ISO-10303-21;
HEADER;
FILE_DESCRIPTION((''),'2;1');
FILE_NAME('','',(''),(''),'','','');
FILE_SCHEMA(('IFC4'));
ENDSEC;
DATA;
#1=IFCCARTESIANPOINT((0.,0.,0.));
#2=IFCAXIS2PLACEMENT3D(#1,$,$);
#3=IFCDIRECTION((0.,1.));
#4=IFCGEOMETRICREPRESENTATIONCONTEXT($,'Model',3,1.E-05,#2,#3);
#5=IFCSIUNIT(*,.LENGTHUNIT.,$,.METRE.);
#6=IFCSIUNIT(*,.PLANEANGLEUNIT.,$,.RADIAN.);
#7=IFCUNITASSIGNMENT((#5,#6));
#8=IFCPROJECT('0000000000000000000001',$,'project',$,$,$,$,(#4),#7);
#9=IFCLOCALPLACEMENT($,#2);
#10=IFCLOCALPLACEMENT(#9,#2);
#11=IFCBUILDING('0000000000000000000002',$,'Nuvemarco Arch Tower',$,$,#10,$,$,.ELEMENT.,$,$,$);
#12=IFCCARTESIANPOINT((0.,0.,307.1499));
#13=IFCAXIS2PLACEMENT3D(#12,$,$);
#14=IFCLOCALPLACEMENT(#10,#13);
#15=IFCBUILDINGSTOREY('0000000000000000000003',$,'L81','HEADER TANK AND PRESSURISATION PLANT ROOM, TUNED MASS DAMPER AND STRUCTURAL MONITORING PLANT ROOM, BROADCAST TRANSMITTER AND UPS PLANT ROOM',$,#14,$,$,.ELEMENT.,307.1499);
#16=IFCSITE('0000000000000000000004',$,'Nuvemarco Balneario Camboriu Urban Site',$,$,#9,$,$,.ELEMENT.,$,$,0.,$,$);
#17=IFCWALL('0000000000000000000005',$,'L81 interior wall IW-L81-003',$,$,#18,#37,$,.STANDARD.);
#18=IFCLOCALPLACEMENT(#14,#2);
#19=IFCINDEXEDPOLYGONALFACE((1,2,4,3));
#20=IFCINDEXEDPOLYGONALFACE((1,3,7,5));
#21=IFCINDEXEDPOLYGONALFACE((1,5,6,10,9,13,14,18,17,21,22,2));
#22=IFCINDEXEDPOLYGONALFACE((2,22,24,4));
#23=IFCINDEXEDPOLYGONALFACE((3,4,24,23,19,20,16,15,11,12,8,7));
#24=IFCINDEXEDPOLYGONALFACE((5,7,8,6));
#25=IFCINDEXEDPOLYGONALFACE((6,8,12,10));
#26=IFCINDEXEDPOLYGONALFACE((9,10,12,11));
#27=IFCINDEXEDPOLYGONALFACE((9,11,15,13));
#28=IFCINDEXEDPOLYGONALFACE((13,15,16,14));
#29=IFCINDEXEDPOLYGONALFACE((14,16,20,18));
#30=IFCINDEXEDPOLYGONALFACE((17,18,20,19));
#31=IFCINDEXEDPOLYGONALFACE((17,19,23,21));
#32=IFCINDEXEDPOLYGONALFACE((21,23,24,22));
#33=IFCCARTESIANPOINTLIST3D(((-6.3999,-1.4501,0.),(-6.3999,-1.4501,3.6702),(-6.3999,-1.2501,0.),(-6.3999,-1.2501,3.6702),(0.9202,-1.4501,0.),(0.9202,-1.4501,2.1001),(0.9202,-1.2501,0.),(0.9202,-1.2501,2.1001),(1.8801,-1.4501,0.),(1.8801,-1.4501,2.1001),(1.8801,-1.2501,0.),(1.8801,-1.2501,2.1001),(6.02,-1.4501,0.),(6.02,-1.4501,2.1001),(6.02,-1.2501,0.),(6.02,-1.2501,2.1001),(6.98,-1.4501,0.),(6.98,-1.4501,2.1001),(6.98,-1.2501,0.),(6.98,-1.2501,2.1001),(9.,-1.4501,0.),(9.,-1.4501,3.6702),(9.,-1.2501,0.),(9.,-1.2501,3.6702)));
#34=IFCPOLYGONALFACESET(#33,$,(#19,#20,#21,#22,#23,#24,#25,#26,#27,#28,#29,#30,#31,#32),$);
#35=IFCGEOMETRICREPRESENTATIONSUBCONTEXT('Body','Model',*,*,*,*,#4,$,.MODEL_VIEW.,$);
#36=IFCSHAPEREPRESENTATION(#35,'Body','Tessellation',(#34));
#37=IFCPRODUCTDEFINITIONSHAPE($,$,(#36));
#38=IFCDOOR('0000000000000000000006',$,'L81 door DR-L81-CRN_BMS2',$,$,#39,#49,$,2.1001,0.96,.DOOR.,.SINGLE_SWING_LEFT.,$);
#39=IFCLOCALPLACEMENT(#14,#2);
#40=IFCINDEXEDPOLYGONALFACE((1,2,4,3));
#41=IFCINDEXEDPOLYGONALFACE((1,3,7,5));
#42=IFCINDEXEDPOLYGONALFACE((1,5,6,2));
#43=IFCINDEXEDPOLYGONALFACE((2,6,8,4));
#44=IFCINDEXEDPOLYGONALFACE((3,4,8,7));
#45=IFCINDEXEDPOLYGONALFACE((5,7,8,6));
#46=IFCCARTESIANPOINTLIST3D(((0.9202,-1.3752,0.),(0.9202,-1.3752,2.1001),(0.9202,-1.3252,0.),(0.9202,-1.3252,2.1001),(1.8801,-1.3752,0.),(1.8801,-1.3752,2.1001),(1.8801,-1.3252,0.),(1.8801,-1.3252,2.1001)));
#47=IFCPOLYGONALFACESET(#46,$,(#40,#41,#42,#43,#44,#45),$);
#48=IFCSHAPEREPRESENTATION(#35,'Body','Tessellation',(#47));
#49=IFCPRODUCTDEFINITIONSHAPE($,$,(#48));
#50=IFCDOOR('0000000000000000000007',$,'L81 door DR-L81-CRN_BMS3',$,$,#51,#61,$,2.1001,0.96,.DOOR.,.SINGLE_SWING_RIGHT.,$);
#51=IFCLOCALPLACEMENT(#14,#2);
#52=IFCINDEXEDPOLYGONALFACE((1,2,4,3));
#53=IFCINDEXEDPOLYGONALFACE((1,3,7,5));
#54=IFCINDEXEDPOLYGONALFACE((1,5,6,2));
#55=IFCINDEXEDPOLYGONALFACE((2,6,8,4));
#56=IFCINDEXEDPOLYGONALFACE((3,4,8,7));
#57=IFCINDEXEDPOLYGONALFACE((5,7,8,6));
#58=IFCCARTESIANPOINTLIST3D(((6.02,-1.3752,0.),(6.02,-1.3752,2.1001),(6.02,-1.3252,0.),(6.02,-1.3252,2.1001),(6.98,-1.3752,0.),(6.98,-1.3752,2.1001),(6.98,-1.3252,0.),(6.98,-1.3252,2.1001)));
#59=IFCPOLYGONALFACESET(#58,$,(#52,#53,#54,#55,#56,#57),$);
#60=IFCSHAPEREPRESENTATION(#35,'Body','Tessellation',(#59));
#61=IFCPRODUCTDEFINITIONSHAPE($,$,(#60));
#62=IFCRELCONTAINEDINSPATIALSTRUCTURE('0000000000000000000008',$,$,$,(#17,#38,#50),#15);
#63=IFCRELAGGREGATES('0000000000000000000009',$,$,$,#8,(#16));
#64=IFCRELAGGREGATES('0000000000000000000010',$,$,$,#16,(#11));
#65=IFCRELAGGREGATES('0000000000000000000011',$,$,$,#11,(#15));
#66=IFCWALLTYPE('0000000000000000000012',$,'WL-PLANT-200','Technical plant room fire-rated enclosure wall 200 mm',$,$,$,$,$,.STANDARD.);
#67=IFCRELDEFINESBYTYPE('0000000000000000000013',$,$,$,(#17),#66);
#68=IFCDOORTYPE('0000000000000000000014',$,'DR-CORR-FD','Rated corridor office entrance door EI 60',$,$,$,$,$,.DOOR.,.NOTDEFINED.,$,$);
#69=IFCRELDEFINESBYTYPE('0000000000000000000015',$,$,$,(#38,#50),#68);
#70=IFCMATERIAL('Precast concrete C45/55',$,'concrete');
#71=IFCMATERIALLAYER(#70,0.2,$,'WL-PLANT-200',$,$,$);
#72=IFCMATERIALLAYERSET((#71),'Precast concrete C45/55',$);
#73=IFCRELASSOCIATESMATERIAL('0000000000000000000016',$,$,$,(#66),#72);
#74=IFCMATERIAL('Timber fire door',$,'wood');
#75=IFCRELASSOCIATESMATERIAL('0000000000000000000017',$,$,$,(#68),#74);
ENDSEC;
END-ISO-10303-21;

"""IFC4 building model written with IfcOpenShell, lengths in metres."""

from ifc_helpers import new_model, si_unit, direction, frame, frame_2d, origin, place, context, subcontext, project, spatial, rectangle, extrude, source, transform, mapped, material, layer, layer_set, type_object, type_shapes, element, fill, save


model = new_model("IFC4")

# Units and contexts
model_context = context("Model", 3, precision=1e-05, world=origin(), true_north=direction((0.0, 1.0)))
body_context = subcontext(model_context, "Body", "Model", "MODEL_VIEW")
ifc_project = project(units=[si_unit("LENGTHUNIT", "METRE"), si_unit("PLANEANGLEUNIT", "RADIAN")], contexts=[model_context])

# Site, building, storey
site_placement = place(None, origin())
site = spatial("IfcSite", under=ifc_project, at=site_placement, Name="Nuvemarco Balneario Camboriu Urban Site", CompositionType="ELEMENT", RefElevation=0.0)
building_placement = place(site_placement, origin())
building = spatial("IfcBuilding", under=site, at=building_placement, Name="Nuvemarco Arch Tower", CompositionType="ELEMENT")
storey_placement = place(building_placement, frame((0.0, 0.0, 307.1499)))
storey = spatial("IfcBuildingStorey", under=building, at=storey_placement, Name="L81", Description="HEADER TANK AND PRESSURISATION PLANT ROOM, TUNED MASS DAMPER AND STRUCTURAL MONITORING PLANT ROOM, BROADCAST TRANSMITTER AND UPS PLANT ROOM", CompositionType="ELEMENT", Elevation=307.1499)

# Shared definitions
ifc_material_1 = material(Name="Precast concrete C45/55", Category="concrete")
ifc_layer_1 = layer(ifc_material_1, 0.2, Name="WL-PLANT-200")
ifc_layer_set_1 = layer_set([ifc_layer_1], Name="Precast concrete C45/55")
wall_type_1 = type_object("IfcWallType", Name="WL-PLANT-200", Description="Technical plant room fire-rated enclosure wall 200 mm", PredefinedType="STANDARD", material=ifc_layer_set_1)

# Wall, openings, doors
wall_1_placement = place(storey_placement, frame((-6.3999, -1.3501, 0.0), z_axis=(0.0, 0.0, 1.0), x_axis=(1.0, 0.0, 0.0)))
wall_1 = element("IfcWall", 1, at=wall_1_placement, inside=storey, type_object=wall_type_1, Name="L81 interior wall IW-L81-003", PredefinedType="STANDARD", context=body_context, shape_type="SweptSolid", body=[
    extrude(rectangle(XDim=15.3999, YDim=0.2, at=frame_2d((7.7, 0.0))), origin(), (0.0, 0.0, 1.0), 3.6702),
])
opening_1_placement = place(wall_1_placement, frame((7.3201, 0.0, 0.0)))
opening_1 = element("IfcOpeningElement", 2, at=opening_1_placement, cuts=wall_1, PredefinedType="OPENING", context=body_context, shape_type="SweptSolid", body=[
    extrude(rectangle(XDim=0.96, YDim=2.1001, at=frame_2d((0.48, 1.05))), frame((0.0, 0.1099, 0.0), z_axis=(0.0, -1.0, 0.0), x_axis=(1.0, 0.0, 0.0)), (0.0, 0.0, 1.0), 0.22),
])
opening_2_placement = place(wall_1_placement, frame((12.4199, 0.0, 0.0)))
opening_2 = element("IfcOpeningElement", 3, at=opening_2_placement, cuts=wall_1, PredefinedType="OPENING", context=body_context, shape_type="SweptSolid", body=[
    extrude(rectangle(XDim=0.96, YDim=2.1001, at=frame_2d((0.48, 1.05))), frame((0.0, 0.1099, 0.0), z_axis=(0.0, -1.0, 0.0), x_axis=(1.0, 0.0, 0.0)), (0.0, 0.0, 1.0), 0.22),
])
ifc_material_2 = material(Name="Timber fire door", Category="wood")
door_type_1 = type_object("IfcDoorType", Name="DR-CORR-FD", Description="Rated corridor office entrance door EI 60", OperationType="NOTDEFINED", PredefinedType="DOOR", material=ifc_material_2)
shared_shape_1 = source(origin(), body_context, "Body", "SweptSolid", [
    extrude(rectangle(XDim=0.96, YDim=2.1001, at=frame_2d((0.48, 1.05))), frame((0.0, 0.0249, 0.0), z_axis=(0.0, -1.0, 0.0), x_axis=(1.0, 0.0, 0.0)), (0.0, 0.0, 1.0), 0.05),
])
type_shapes(door_type_1, [shared_shape_1])
door_1_placement = place(opening_1_placement, origin())
door_1 = element("IfcDoor", 4, at=door_1_placement, inside=storey, type_object=door_type_1, Name="L81 door DR-L81-CRN_BMS2", OperationType="SINGLE_SWING_LEFT", OverallHeight=2.1001, OverallWidth=0.96, PredefinedType="DOOR", context=body_context, shape_type="MappedRepresentation", body=[
    mapped(shared_shape_1, transform((0.0, 0.0, 0.0), scale=1.0)),
])
fill(opening_1, door_1)
door_2_placement = place(opening_2_placement, origin())
door_2 = element("IfcDoor", 5, at=door_2_placement, inside=storey, type_object=door_type_1, Name="L81 door DR-L81-CRN_BMS3", OperationType="SINGLE_SWING_RIGHT", OverallHeight=2.1001, OverallWidth=0.96, PredefinedType="DOOR", context=body_context, shape_type="MappedRepresentation", body=[
    mapped(shared_shape_1, transform((0.0, 0.0, 0.0), scale=1.0)),
])
fill(opening_2, door_2)

save(model, "model.ifc")
